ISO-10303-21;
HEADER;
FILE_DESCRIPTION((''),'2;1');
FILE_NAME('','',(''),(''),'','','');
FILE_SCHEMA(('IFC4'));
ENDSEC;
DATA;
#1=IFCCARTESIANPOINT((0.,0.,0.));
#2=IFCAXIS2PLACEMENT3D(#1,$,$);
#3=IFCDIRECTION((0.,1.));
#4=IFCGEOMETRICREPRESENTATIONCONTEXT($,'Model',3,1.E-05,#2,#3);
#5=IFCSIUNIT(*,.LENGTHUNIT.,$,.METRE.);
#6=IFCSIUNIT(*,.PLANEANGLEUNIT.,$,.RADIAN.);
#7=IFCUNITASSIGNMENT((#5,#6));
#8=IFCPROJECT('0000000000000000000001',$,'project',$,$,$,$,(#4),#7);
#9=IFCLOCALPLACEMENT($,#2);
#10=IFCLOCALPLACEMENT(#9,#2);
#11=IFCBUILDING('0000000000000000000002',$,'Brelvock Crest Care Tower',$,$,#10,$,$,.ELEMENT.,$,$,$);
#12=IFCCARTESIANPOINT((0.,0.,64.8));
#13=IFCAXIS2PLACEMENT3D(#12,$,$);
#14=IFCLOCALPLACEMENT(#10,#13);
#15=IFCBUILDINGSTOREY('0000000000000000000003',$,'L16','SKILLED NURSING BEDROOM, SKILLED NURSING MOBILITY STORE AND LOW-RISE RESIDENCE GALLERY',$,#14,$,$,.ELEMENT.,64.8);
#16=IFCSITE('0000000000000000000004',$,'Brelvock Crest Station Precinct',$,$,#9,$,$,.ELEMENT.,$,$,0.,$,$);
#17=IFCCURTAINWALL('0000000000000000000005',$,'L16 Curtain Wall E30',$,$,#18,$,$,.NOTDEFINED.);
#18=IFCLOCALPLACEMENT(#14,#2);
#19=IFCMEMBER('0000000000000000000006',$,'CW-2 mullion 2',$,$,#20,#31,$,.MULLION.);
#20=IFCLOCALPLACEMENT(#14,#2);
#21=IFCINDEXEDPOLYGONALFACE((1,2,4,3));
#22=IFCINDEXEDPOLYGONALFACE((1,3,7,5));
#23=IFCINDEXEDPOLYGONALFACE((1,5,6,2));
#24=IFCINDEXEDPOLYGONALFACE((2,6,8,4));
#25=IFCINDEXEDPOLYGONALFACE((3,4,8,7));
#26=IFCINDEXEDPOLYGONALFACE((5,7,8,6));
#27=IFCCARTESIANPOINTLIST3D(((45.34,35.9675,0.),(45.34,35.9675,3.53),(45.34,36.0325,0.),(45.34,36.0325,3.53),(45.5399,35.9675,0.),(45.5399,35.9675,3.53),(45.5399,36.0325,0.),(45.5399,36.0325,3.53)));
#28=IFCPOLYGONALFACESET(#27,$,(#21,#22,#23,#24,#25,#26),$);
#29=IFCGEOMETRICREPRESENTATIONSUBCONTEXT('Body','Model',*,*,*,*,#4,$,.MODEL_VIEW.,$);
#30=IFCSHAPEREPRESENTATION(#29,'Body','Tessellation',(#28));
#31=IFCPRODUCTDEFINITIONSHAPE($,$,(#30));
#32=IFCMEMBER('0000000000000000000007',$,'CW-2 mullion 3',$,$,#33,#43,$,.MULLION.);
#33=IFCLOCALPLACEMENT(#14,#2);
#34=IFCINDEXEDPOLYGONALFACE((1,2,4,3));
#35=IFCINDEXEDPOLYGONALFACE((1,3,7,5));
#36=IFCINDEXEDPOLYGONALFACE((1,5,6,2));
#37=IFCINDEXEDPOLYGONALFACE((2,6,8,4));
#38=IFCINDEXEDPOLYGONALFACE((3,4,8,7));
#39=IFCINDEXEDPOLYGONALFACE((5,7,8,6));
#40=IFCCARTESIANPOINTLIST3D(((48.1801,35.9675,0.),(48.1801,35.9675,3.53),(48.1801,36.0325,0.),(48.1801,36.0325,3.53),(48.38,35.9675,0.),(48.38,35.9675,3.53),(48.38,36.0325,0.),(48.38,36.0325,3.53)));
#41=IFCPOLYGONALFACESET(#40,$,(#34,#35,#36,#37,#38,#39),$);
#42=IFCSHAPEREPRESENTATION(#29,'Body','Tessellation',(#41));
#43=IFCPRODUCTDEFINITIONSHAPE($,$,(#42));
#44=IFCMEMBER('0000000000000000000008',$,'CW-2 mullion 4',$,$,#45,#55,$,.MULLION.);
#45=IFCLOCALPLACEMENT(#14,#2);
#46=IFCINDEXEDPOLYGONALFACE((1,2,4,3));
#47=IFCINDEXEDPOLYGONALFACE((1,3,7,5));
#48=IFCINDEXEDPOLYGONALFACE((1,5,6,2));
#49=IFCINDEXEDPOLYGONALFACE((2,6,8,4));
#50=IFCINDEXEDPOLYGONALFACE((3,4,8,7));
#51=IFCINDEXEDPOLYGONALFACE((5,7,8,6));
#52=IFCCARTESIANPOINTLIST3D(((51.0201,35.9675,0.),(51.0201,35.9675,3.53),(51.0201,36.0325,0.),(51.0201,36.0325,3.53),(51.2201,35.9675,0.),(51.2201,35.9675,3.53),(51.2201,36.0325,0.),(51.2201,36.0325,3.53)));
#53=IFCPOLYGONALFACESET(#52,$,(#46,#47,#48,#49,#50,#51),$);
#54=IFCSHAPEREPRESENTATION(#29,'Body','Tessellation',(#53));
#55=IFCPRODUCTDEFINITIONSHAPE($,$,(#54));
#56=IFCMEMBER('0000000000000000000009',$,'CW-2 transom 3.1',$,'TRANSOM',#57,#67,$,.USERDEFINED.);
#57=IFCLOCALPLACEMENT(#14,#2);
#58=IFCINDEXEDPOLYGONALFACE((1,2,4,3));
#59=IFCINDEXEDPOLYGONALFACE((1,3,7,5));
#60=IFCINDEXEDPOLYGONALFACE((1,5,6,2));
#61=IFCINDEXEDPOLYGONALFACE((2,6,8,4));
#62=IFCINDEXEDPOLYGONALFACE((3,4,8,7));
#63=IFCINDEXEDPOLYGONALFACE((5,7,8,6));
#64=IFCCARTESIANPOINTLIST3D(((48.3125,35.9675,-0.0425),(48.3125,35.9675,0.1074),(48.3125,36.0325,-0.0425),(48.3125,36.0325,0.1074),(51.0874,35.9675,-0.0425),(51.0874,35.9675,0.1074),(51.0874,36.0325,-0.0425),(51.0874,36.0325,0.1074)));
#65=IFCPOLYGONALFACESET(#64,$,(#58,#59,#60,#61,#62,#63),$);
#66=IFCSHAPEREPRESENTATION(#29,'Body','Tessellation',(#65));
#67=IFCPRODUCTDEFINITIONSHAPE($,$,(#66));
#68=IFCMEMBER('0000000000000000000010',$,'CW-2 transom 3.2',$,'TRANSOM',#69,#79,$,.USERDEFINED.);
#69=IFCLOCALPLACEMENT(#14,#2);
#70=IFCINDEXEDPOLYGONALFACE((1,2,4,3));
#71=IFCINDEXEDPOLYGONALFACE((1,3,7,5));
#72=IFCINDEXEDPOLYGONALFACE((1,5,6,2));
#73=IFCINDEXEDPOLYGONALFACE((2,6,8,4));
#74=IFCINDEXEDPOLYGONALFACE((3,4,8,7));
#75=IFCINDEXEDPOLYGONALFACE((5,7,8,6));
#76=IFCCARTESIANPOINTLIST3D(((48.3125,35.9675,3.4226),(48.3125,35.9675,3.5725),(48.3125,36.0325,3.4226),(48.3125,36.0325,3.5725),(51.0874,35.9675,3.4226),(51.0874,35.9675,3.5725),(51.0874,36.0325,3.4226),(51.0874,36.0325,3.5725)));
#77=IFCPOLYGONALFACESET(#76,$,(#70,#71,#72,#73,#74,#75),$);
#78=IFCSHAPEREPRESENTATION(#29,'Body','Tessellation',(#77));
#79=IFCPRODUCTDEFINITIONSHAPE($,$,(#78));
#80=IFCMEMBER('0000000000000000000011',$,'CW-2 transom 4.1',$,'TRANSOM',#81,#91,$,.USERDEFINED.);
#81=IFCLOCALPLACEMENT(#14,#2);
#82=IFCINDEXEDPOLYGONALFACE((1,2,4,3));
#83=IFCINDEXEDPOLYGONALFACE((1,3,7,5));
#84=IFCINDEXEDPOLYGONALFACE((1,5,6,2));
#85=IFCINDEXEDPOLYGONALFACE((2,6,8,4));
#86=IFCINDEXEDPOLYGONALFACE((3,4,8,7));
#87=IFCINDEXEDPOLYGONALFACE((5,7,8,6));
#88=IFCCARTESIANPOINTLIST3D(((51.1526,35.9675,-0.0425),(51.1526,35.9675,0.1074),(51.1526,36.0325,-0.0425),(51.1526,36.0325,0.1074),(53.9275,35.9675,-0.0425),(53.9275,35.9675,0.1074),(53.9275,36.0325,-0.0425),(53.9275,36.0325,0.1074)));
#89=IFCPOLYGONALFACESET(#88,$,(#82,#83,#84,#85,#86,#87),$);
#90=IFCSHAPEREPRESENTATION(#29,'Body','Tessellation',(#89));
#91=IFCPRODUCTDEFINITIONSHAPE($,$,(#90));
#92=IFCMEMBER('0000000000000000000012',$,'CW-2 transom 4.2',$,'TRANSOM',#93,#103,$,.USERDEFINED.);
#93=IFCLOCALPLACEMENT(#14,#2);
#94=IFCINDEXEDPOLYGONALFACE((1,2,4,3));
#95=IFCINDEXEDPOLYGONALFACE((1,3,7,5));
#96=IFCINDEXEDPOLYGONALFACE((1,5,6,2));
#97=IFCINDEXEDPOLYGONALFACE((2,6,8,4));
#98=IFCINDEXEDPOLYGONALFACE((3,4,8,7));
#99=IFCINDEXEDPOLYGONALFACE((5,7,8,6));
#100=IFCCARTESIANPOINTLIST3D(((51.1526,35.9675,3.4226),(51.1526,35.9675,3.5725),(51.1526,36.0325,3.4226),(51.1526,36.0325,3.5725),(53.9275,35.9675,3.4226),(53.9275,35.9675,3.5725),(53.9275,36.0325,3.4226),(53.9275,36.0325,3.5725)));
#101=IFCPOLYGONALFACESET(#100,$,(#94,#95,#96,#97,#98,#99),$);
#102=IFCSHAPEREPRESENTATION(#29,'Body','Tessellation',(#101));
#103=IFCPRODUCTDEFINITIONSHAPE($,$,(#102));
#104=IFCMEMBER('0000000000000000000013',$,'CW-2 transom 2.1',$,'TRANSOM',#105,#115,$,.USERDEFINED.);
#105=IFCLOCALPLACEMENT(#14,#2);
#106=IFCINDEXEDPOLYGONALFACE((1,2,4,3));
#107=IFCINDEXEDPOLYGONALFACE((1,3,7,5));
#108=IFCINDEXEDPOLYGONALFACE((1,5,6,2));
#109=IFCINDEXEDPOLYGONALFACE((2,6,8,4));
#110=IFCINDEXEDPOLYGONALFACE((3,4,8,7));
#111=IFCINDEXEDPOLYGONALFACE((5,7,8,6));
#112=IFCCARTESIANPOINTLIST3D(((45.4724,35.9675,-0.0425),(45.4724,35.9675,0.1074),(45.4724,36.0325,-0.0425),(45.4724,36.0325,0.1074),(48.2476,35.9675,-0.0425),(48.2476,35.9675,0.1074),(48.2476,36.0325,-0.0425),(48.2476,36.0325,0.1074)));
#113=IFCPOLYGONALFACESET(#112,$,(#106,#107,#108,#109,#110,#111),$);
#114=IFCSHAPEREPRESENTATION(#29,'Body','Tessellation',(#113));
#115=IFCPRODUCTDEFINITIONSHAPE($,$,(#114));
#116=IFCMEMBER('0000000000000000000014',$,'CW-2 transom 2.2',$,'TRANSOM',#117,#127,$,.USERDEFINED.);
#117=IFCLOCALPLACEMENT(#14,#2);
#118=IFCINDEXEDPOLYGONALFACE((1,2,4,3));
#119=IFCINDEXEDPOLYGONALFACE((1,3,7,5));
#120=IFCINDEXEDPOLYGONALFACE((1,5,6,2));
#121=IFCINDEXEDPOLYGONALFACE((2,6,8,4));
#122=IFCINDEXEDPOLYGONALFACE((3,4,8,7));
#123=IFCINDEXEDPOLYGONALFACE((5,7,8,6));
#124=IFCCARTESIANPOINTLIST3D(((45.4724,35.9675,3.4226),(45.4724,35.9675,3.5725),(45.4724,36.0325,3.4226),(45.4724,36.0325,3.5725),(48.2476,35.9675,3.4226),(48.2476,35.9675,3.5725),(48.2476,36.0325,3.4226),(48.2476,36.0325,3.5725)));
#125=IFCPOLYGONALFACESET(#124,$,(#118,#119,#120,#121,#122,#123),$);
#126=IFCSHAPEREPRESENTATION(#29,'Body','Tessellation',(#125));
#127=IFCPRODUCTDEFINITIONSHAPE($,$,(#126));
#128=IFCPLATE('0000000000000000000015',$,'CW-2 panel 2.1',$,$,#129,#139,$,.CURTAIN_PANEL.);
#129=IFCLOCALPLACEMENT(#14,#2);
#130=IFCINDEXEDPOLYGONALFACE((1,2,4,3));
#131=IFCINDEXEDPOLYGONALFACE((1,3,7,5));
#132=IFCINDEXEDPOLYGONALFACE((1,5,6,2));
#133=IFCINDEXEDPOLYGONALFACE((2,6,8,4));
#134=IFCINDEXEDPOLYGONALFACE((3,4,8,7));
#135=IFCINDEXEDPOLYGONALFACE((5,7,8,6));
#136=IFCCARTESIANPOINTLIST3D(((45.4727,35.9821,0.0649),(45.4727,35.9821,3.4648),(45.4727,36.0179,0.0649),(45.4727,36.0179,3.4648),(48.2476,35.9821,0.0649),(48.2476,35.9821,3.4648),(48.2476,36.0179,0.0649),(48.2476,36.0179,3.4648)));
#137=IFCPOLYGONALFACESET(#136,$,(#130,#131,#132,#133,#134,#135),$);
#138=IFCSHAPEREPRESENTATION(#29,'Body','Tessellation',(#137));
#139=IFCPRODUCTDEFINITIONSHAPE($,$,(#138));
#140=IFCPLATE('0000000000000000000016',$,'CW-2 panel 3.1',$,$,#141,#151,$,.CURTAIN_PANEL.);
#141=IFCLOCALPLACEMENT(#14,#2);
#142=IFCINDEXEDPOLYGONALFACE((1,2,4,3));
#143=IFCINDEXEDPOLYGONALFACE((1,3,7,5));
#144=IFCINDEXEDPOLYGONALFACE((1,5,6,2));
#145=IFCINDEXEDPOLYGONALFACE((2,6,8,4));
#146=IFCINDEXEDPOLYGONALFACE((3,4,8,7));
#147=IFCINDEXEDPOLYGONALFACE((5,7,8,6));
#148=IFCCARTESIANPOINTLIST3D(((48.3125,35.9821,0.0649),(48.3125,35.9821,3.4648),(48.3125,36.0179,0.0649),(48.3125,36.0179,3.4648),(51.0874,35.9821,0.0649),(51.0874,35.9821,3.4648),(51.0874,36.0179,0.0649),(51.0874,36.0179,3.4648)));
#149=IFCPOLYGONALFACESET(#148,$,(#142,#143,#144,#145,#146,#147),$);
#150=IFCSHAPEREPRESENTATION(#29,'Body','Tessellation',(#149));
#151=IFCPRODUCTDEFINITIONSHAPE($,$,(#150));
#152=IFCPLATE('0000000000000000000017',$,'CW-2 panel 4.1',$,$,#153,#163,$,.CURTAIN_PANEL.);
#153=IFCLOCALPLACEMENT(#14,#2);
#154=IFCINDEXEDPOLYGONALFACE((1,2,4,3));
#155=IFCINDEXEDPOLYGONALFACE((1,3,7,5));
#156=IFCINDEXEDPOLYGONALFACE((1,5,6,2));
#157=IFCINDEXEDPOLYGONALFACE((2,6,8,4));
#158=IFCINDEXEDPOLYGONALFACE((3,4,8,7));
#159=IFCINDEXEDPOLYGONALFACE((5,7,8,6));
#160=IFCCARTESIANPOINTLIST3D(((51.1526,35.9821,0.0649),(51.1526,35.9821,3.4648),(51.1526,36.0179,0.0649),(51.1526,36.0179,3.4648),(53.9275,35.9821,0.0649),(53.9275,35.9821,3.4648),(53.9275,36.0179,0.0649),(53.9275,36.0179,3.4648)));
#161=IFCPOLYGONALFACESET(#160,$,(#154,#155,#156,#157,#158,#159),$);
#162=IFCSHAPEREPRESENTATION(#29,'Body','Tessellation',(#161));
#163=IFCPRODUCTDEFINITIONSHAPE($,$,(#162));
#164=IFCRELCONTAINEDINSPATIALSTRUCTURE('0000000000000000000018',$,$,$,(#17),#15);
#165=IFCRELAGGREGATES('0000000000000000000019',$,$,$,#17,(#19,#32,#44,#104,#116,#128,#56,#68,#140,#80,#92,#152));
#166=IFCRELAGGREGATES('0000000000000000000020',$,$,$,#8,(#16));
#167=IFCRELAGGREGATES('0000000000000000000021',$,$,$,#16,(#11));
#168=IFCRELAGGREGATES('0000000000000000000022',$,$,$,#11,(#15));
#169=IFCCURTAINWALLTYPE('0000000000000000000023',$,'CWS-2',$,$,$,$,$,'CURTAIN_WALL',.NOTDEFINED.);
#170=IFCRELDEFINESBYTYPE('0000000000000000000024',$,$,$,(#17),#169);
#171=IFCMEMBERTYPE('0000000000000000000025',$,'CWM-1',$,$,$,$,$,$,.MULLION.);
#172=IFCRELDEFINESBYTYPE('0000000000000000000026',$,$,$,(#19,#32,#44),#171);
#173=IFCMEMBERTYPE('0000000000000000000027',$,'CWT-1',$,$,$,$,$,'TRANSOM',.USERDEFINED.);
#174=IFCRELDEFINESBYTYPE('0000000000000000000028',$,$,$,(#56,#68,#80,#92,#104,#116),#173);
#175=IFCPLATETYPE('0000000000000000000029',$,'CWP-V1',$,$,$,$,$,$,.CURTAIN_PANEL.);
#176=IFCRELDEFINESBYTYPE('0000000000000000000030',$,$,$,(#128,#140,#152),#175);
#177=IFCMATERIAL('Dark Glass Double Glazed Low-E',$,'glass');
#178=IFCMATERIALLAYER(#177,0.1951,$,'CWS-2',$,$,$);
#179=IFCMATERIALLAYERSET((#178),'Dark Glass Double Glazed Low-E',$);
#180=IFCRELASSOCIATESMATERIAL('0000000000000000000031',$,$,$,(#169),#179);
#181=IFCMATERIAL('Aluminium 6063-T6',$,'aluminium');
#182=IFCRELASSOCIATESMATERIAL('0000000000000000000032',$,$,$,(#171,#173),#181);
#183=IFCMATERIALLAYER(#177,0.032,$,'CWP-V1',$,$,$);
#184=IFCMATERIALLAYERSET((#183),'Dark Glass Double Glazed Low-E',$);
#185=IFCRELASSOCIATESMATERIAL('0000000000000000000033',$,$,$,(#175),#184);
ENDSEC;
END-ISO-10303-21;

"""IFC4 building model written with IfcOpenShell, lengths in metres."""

from ifc_helpers import new_model, si_unit, direction, frame, origin, origin_2d, place, context, subcontext, project, spatial, rectangle, extrude, source, transform, mapped, material, layer, layer_set, material_profile, profile_set, type_object, element, aggregate, save


model = new_model("IFC4")

# Units and contexts
model_context = context("Model", 3, precision=1e-05, world=origin(), true_north=direction((0.0, 1.0)))
body_context = subcontext(model_context, "Body", "Model", "MODEL_VIEW")
ifc_project = project(units=[si_unit("LENGTHUNIT", "METRE"), si_unit("PLANEANGLEUNIT", "RADIAN")], contexts=[model_context])

# Site, building, storey
site_placement = place(None, origin())
site = spatial("IfcSite", under=ifc_project, at=site_placement, Name="Brelvock Crest Station Precinct", CompositionType="ELEMENT", RefElevation=0.0)
building_placement = place(site_placement, origin())
building = spatial("IfcBuilding", under=site, at=building_placement, Name="Brelvock Crest Care Tower", CompositionType="ELEMENT")
storey_placement = place(building_placement, frame((0.0, 0.0, 64.8)))
storey = spatial("IfcBuildingStorey", under=building, at=storey_placement, Name="L16", Description="SKILLED NURSING BEDROOM, SKILLED NURSING MOBILITY STORE AND LOW-RISE RESIDENCE GALLERY", CompositionType="ELEMENT", Elevation=64.8)

# Curtain wall, members, plates
ifc_material_1 = material(Name="Dark Glass Double Glazed Low-E", Category="glass")
ifc_layer_1 = layer(ifc_material_1, 0.1951, Name="CWS-2")
ifc_layer_set_1 = layer_set([ifc_layer_1], Name="Dark Glass Double Glazed Low-E")
curtain_wall_type = type_object("IfcCurtainWallType", Name="CWS-2", ElementType="CURTAIN_WALL", PredefinedType="NOTDEFINED", material=ifc_layer_set_1)
curtain_wall_placement = place(storey_placement, origin())
curtain_wall = element("IfcCurtainWall", 1, at=curtain_wall_placement, inside=storey, type_object=curtain_wall_type, Name="L16 Curtain Wall E30", PredefinedType="NOTDEFINED")
ifc_material_2 = material(Name="Aluminium 6063-T6", Category="aluminium")
ifc_material_profile_1 = material_profile(ifc_material_2, rectangle(XDim=0.0649, YDim=0.2, at=origin_2d()), Name="ALU65x200")
ifc_profile_set_1 = profile_set([ifc_material_profile_1], Name="Aluminium 6063-T6")
member_type_1 = type_object("IfcMemberType", Name="CWM-1", PredefinedType="MULLION", material=ifc_profile_set_1)
shared_shape_1 = source(origin(), body_context, "Body", "SweptSolid", [
    extrude(rectangle(XDim=0.0649, YDim=0.2, at=origin_2d()), origin(), (0.0, 0.0, 1.0), 3.53),
])
member_1_placement = place(storey_placement, frame((45.4399, 36.0, 0.0), z_axis=(0.0, 0.0, 1.0), x_axis=(0.0, 1.0, 0.0)))
member_1 = element("IfcMember", 2, at=member_1_placement, type_object=member_type_1, Name="CW-2 mullion 2", PredefinedType="MULLION", context=body_context, shape_type="MappedRepresentation", body=[
    mapped(shared_shape_1, transform((0.0, 0.0, 0.0), x_axis=(1.0, 0.0, 0.0), y_axis=(0.0, 1.0, 0.0), z_axis=(0.0, 0.0, 1.0), scale=1.0)),
])
member_2_placement = place(storey_placement, frame((48.28, 36.0, 0.0), z_axis=(0.0, 0.0, 1.0), x_axis=(0.0, 1.0, 0.0)))
member_2 = element("IfcMember", 3, at=member_2_placement, type_object=member_type_1, Name="CW-2 mullion 3", PredefinedType="MULLION", context=body_context, shape_type="MappedRepresentation", body=[
    mapped(shared_shape_1, transform((0.0, 0.0, 0.0), x_axis=(1.0, 0.0, 0.0), y_axis=(0.0, 1.0, 0.0), z_axis=(0.0, 0.0, 1.0), scale=1.0)),
])
member_3_placement = place(storey_placement, frame((51.1201, 36.0, 0.0), z_axis=(0.0, 0.0, 1.0), x_axis=(0.0, 1.0, 0.0)))
member_3 = element("IfcMember", 4, at=member_3_placement, type_object=member_type_1, Name="CW-2 mullion 4", PredefinedType="MULLION", context=body_context, shape_type="MappedRepresentation", body=[
    mapped(shared_shape_1, transform((0.0, 0.0, 0.0), x_axis=(1.0, 0.0, 0.0), y_axis=(0.0, 1.0, 0.0), z_axis=(0.0, 0.0, 1.0), scale=1.0)),
])
ifc_material_profile_2 = material_profile(ifc_material_2, rectangle(XDim=0.0649, YDim=0.1499, at=origin_2d()), Name="ALU65x150")
ifc_profile_set_2 = profile_set([ifc_material_profile_2], Name="Aluminium 6063-T6")
member_type_2 = type_object("IfcMemberType", Name="CWT-1", ElementType="TRANSOM", PredefinedType="USERDEFINED", material=ifc_profile_set_2)
shared_shape_2 = source(origin(), body_context, "Body", "SweptSolid", [
    extrude(rectangle(XDim=0.0649, YDim=0.1499, at=origin_2d()), origin(), (0.0, 0.0, 1.0), 2.7749),
])
member_4_placement = place(storey_placement, frame((48.3125, 36.0, 0.0325), z_axis=(1.0, 0.0, 0.0), x_axis=(0.0, 1.0, 0.0)))
member_4 = element("IfcMember", 5, at=member_4_placement, type_object=member_type_2, Name="CW-2 transom 3.1", ObjectType="TRANSOM", PredefinedType="USERDEFINED", context=body_context, shape_type="MappedRepresentation", body=[
    mapped(shared_shape_2, transform((0.0, 0.0, 0.0), x_axis=(1.0, 0.0, 0.0), y_axis=(0.0, 1.0, 0.0), z_axis=(0.0, 0.0, 1.0), scale=1.0)),
])
member_5_placement = place(storey_placement, frame((48.3125, 36.0, 3.4976), z_axis=(1.0, 0.0, 0.0), x_axis=(0.0, 1.0, 0.0)))
member_5 = element("IfcMember", 6, at=member_5_placement, type_object=member_type_2, Name="CW-2 transom 3.2", ObjectType="TRANSOM", PredefinedType="USERDEFINED", context=body_context, shape_type="MappedRepresentation", body=[
    mapped(shared_shape_2, transform((0.0, 0.0, 0.0), x_axis=(1.0, 0.0, 0.0), y_axis=(0.0, 1.0, 0.0), z_axis=(0.0, 0.0, 1.0), scale=1.0)),
])
member_6_placement = place(storey_placement, frame((51.1526, 36.0, 0.0325), z_axis=(1.0, 0.0, 0.0), x_axis=(0.0, 1.0, 0.0)))
member_6 = element("IfcMember", 7, at=member_6_placement, type_object=member_type_2, Name="CW-2 transom 4.1", ObjectType="TRANSOM", PredefinedType="USERDEFINED", context=body_context, shape_type="MappedRepresentation", body=[
    mapped(shared_shape_2, transform((0.0, 0.0, 0.0), x_axis=(1.0, 0.0, 0.0), y_axis=(0.0, 1.0, 0.0), z_axis=(0.0, 0.0, 1.0), scale=1.0)),
])
member_7_placement = place(storey_placement, frame((51.1526, 36.0, 3.4976), z_axis=(1.0, 0.0, 0.0), x_axis=(0.0, 1.0, 0.0)))
member_7 = element("IfcMember", 8, at=member_7_placement, type_object=member_type_2, Name="CW-2 transom 4.2", ObjectType="TRANSOM", PredefinedType="USERDEFINED", context=body_context, shape_type="MappedRepresentation", body=[
    mapped(shared_shape_2, transform((0.0, 0.0, 0.0), x_axis=(1.0, 0.0, 0.0), y_axis=(0.0, 1.0, 0.0), z_axis=(0.0, 0.0, 1.0), scale=1.0)),
])
shared_shape_3 = source(origin(), body_context, "Body", "SweptSolid", [
    extrude(rectangle(XDim=0.0649, YDim=0.1499, at=origin_2d()), origin(), (0.0, 0.0, 1.0), 2.7751),
])
member_8_placement = place(storey_placement, frame((45.4724, 36.0, 0.0325), z_axis=(1.0, 0.0, 0.0), x_axis=(0.0, 1.0, 0.0)))
member_8 = element("IfcMember", 9, at=member_8_placement, type_object=member_type_2, Name="CW-2 transom 2.1", ObjectType="TRANSOM", PredefinedType="USERDEFINED", context=body_context, shape_type="MappedRepresentation", body=[
    mapped(shared_shape_3, transform((0.0, 0.0, 0.0), x_axis=(1.0, 0.0, 0.0), y_axis=(0.0, 1.0, 0.0), z_axis=(0.0, 0.0, 1.0), scale=1.0)),
])
member_9_placement = place(storey_placement, frame((45.4724, 36.0, 3.4976), z_axis=(1.0, 0.0, 0.0), x_axis=(0.0, 1.0, 0.0)))
member_9 = element("IfcMember", 10, at=member_9_placement, type_object=member_type_2, Name="CW-2 transom 2.2", ObjectType="TRANSOM", PredefinedType="USERDEFINED", context=body_context, shape_type="MappedRepresentation", body=[
    mapped(shared_shape_3, transform((0.0, 0.0, 0.0), x_axis=(1.0, 0.0, 0.0), y_axis=(0.0, 1.0, 0.0), z_axis=(0.0, 0.0, 1.0), scale=1.0)),
])
ifc_layer_2 = layer(ifc_material_1, 0.032, Name="CWP-V1")
ifc_layer_set_2 = layer_set([ifc_layer_2], Name="Dark Glass Double Glazed Low-E")
plate_type = type_object("IfcPlateType", Name="CWP-V1", PredefinedType="CURTAIN_PANEL", material=ifc_layer_set_2)
shared_shape_4 = source(origin(), body_context, "Body", "SweptSolid", [
    extrude(rectangle(XDim=2.7749, YDim=0.0359, at=origin_2d()), origin(), (0.0, 0.0, 1.0), 3.3999),
])
plate_1_placement = place(storey_placement, frame((46.8601, 36.0, 0.0649), z_axis=(0.0, 0.0, 1.0), x_axis=(1.0, 0.0, 0.0)))
plate_1 = element("IfcPlate", 11, at=plate_1_placement, type_object=plate_type, Name="CW-2 panel 2.1", PredefinedType="CURTAIN_PANEL", context=body_context, shape_type="MappedRepresentation", body=[
    mapped(shared_shape_4, transform((0.0, 0.0, 0.0), x_axis=(1.0, 0.0, 0.0), y_axis=(0.0, 1.0, 0.0), z_axis=(0.0, 0.0, 1.0), scale=1.0)),
])
plate_2_placement = place(storey_placement, frame((49.7, 36.0, 0.0649), z_axis=(0.0, 0.0, 1.0), x_axis=(1.0, 0.0, 0.0)))
plate_2 = element("IfcPlate", 12, at=plate_2_placement, type_object=plate_type, Name="CW-2 panel 3.1", PredefinedType="CURTAIN_PANEL", context=body_context, shape_type="MappedRepresentation", body=[
    mapped(shared_shape_4, transform((0.0, 0.0, 0.0), x_axis=(1.0, 0.0, 0.0), y_axis=(0.0, 1.0, 0.0), z_axis=(0.0, 0.0, 1.0), scale=1.0)),
])
plate_3_placement = place(storey_placement, frame((52.54, 36.0, 0.0649), z_axis=(0.0, 0.0, 1.0), x_axis=(1.0, 0.0, 0.0)))
plate_3 = element("IfcPlate", 13, at=plate_3_placement, type_object=plate_type, Name="CW-2 panel 4.1", PredefinedType="CURTAIN_PANEL", context=body_context, shape_type="MappedRepresentation", body=[
    mapped(shared_shape_4, transform((0.0, 0.0, 0.0), x_axis=(1.0, 0.0, 0.0), y_axis=(0.0, 1.0, 0.0), z_axis=(0.0, 0.0, 1.0), scale=1.0)),
])
aggregate(curtain_wall, [member_1, member_2, member_3, member_8, member_9, plate_1, member_4, member_5, plate_2, member_6, member_7, plate_3])

save(model, "model.ifc")
